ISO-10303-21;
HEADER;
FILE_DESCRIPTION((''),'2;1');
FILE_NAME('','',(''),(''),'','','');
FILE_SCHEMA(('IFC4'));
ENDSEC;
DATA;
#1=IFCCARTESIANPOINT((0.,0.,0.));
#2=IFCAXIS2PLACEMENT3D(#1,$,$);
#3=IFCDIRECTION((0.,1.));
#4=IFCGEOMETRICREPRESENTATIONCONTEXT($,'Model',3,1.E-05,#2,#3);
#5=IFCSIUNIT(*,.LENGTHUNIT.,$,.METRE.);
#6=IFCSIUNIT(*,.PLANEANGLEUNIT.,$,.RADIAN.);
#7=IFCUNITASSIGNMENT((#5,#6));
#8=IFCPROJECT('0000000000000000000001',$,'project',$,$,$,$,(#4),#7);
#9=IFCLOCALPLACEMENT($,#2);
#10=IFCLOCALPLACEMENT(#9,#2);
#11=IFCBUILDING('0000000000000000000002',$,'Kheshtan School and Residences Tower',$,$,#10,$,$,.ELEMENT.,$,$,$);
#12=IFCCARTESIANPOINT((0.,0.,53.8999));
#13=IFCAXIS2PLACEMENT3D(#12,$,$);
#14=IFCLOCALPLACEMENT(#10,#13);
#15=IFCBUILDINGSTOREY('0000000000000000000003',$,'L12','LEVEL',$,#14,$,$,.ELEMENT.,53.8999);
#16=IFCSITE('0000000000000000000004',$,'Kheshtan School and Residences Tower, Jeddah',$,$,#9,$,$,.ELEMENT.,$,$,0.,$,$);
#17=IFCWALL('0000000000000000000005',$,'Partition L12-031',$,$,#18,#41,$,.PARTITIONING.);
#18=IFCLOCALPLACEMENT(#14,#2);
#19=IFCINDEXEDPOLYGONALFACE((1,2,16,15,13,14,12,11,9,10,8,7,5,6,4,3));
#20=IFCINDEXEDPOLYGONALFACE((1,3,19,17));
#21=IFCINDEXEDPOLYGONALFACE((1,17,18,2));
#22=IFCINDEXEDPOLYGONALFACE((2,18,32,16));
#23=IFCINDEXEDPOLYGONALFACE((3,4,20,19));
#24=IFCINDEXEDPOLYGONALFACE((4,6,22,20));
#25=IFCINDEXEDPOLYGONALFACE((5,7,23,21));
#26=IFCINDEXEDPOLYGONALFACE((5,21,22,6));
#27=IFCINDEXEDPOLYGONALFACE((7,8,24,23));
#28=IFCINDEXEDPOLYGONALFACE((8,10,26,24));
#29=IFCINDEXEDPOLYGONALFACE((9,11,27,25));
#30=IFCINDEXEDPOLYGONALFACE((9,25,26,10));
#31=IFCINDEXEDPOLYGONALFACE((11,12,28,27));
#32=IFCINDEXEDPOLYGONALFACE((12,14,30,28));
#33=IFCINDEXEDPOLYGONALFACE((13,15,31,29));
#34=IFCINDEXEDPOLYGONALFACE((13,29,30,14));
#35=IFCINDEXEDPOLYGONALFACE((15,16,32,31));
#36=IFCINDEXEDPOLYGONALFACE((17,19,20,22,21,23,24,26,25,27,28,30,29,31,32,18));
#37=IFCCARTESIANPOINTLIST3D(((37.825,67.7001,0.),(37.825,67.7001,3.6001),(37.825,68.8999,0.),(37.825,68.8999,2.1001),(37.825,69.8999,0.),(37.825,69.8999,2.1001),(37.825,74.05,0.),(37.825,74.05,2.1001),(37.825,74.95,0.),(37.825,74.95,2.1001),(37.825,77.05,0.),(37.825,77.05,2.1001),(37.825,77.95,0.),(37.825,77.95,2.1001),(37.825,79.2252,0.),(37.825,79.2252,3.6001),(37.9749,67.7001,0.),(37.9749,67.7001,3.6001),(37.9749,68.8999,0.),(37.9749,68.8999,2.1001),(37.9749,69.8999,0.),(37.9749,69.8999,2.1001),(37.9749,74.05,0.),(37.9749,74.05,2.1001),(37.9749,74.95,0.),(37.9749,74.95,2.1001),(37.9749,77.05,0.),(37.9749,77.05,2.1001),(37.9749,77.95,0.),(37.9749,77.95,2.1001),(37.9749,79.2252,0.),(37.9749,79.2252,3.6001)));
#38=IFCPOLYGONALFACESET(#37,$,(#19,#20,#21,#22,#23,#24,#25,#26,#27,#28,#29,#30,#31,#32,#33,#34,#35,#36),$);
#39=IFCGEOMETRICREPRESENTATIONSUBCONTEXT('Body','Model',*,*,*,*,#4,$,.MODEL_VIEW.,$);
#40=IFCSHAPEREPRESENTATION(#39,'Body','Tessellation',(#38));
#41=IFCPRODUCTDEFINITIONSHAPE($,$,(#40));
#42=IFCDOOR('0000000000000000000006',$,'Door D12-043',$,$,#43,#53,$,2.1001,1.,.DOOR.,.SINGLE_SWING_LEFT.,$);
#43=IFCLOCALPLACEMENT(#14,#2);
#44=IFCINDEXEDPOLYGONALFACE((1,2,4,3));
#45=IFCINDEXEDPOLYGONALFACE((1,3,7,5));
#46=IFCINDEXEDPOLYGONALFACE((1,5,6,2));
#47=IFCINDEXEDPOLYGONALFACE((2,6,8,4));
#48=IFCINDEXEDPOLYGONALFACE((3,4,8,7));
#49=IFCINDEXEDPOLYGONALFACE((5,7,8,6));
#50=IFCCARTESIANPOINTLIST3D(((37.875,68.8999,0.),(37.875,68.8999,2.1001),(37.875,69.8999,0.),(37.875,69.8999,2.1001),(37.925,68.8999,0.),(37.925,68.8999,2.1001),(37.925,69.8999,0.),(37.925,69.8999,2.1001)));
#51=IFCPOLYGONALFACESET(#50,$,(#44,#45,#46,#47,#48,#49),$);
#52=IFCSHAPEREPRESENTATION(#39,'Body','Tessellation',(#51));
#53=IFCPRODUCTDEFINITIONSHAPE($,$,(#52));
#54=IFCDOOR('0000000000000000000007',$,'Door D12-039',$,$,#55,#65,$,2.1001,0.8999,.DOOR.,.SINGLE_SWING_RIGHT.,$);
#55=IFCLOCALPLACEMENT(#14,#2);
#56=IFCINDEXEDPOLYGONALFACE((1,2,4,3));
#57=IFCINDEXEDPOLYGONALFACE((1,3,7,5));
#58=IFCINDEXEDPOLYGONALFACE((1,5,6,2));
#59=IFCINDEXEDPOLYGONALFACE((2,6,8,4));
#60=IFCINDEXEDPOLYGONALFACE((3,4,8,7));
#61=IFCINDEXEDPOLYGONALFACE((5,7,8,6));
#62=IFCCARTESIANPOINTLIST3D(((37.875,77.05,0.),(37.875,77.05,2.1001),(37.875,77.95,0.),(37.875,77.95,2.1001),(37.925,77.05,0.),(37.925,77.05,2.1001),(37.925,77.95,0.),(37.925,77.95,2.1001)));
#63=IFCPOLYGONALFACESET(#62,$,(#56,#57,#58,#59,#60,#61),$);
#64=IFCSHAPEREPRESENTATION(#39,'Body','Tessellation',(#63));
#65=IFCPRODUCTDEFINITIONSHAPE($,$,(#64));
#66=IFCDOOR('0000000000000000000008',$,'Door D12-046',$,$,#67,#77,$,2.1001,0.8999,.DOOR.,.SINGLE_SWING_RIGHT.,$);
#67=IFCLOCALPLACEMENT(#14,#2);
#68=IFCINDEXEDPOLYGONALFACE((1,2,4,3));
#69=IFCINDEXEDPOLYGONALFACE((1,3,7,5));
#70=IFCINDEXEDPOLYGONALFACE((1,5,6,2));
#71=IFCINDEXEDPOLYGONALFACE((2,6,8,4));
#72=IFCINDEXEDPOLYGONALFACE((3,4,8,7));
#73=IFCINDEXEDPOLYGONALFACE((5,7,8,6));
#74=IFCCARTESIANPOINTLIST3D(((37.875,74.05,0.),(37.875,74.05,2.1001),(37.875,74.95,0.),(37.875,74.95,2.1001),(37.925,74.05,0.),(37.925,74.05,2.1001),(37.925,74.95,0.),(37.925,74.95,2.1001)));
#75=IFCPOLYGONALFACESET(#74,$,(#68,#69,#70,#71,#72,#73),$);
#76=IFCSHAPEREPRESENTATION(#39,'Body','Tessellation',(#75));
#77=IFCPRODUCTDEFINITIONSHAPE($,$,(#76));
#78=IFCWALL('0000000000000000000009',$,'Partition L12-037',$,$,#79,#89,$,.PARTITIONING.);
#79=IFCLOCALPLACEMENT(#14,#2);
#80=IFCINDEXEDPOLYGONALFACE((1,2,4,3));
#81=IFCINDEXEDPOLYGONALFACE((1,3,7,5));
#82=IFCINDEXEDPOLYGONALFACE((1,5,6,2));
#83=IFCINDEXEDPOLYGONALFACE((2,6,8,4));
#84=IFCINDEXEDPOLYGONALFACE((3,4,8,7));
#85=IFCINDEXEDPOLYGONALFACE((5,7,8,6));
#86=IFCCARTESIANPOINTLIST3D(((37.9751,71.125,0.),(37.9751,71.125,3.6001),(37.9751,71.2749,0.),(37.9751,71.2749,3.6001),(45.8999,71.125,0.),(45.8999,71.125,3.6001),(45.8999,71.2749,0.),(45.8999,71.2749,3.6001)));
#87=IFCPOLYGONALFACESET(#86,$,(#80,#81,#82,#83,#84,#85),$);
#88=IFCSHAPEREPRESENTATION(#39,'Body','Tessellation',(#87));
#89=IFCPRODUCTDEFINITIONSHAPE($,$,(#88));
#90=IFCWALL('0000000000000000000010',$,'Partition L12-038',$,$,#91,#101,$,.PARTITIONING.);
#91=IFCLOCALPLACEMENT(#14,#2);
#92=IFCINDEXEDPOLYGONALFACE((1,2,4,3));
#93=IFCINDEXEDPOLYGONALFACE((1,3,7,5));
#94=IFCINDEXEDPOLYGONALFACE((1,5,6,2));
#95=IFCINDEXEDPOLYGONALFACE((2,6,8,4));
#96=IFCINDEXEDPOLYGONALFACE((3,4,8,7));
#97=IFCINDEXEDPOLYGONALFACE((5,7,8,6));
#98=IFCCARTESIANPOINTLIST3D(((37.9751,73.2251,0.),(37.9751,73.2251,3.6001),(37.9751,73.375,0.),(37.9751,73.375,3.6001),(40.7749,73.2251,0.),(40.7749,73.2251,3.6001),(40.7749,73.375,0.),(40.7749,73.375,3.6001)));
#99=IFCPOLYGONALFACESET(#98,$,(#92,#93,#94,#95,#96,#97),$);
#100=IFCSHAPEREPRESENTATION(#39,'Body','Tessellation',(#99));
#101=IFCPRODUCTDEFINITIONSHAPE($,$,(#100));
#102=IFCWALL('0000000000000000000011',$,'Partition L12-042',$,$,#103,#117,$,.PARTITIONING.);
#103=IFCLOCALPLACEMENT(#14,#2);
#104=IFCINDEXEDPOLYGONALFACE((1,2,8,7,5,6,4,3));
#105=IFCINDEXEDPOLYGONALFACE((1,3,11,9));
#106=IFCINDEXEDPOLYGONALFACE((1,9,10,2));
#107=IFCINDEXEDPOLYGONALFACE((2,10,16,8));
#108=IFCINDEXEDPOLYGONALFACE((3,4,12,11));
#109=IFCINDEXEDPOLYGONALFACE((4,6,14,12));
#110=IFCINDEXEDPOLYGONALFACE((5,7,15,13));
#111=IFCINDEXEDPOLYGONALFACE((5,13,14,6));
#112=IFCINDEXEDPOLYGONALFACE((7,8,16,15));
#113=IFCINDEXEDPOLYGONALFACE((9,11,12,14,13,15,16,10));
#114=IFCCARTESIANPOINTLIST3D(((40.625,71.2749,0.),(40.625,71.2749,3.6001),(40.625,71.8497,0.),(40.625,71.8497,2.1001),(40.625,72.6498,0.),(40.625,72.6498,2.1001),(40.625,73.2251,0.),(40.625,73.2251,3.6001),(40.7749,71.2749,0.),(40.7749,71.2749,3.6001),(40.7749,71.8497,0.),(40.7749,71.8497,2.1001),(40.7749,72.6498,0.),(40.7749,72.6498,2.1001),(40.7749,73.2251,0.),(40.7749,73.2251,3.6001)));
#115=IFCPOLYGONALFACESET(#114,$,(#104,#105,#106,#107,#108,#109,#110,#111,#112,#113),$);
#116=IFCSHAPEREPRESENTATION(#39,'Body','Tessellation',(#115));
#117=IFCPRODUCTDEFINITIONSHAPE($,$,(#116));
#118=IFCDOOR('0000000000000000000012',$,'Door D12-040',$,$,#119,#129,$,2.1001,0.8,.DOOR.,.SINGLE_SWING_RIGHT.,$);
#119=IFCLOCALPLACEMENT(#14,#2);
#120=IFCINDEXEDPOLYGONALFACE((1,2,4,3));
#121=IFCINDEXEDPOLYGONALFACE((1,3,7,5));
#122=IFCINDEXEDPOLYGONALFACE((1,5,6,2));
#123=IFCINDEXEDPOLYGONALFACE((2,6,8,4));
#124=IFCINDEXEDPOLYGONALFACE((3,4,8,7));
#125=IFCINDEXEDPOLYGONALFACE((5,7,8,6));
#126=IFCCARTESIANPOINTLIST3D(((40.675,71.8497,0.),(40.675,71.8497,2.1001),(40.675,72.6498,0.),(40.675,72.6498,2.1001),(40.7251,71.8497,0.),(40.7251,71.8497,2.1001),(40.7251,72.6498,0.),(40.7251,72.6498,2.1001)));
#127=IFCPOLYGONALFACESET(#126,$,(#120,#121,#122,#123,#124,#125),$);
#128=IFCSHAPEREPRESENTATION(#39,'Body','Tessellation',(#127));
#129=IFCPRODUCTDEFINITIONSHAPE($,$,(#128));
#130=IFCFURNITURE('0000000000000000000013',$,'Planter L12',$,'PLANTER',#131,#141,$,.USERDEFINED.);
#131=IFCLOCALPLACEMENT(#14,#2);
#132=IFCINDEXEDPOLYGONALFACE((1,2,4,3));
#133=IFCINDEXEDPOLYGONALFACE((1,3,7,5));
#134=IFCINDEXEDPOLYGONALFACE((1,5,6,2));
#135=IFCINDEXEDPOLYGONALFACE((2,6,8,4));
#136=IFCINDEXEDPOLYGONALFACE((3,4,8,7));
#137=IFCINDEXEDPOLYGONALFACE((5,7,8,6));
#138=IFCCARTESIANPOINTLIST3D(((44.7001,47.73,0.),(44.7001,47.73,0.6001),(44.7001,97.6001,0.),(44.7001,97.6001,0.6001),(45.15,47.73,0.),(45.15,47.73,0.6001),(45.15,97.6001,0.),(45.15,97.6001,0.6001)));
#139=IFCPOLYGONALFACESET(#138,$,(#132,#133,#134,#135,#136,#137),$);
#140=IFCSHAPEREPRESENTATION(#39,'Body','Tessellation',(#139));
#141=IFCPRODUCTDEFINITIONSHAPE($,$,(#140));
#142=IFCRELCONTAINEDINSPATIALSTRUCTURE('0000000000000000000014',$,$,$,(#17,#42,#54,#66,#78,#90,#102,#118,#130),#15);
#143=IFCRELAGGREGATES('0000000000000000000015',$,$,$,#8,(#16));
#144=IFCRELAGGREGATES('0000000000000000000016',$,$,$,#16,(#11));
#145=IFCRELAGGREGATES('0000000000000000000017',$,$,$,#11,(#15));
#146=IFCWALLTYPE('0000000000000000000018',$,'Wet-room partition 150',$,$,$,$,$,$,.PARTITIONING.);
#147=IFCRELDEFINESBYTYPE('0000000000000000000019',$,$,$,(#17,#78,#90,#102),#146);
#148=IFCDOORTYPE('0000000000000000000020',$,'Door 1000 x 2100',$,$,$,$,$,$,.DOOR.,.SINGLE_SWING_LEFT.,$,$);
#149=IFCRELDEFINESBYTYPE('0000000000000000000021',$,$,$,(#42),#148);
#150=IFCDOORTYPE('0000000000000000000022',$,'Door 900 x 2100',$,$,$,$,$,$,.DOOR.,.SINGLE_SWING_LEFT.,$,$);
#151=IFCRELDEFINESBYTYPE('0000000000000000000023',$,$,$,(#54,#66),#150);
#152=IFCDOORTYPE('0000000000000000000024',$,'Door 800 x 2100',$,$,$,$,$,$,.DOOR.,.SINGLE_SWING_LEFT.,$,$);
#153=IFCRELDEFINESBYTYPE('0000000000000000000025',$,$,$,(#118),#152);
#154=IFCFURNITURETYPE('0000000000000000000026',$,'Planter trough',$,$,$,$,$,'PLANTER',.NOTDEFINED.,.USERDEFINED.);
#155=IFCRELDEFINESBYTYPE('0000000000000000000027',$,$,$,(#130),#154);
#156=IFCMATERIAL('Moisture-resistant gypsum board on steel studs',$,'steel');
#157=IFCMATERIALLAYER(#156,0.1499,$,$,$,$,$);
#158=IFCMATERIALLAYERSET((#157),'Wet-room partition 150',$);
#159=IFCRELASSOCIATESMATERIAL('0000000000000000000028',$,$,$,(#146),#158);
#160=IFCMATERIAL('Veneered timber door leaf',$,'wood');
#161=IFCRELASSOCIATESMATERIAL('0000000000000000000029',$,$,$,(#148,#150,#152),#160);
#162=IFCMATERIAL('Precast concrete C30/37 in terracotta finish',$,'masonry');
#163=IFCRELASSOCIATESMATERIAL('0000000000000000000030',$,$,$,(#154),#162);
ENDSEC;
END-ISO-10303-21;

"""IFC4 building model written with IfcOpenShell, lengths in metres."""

from ifc_helpers import new_model, si_unit, direction, frame, frame_2d, origin, origin_2d, place, context, subcontext, project, spatial, rectangle, extrude, source, transform, mapped, material, layer, layer_set, type_object, element, fill, save


model = new_model("IFC4")

# Units and contexts
model_context = context("Model", 3, precision=1e-05, world=origin(), true_north=direction((0.0, 1.0)))
body_context = subcontext(model_context, "Body", "Model", "MODEL_VIEW")
ifc_project = project(units=[si_unit("LENGTHUNIT", "METRE"), si_unit("PLANEANGLEUNIT", "RADIAN")], contexts=[model_context])

# Site, building, storey
site_placement = place(None, origin())
site = spatial("IfcSite", under=ifc_project, at=site_placement, Name="Kheshtan School and Residences Tower, Jeddah", CompositionType="ELEMENT", RefElevation=0.0)
building_placement = place(site_placement, origin())
building = spatial("IfcBuilding", under=site, at=building_placement, Name="Kheshtan School and Residences Tower", CompositionType="ELEMENT")
storey_placement = place(building_placement, frame((0.0, 0.0, 53.8999)))
storey = spatial("IfcBuildingStorey", under=building, at=storey_placement, Name="L12", Description="LEVEL", CompositionType="ELEMENT", Elevation=53.8999)

# Wall, openings, doors
ifc_material_1 = material(Name="Moisture-resistant gypsum board on steel studs", Category="steel")
ifc_layer_1 = layer(ifc_material_1, 0.1499)
ifc_layer_set_1 = layer_set([ifc_layer_1], Name="Wet-room partition 150")
wall_type_1 = type_object("IfcWallType", Name="Wet-room partition 150", PredefinedType="PARTITIONING", material=ifc_layer_set_1)
wall_1_placement = place(storey_placement, frame((37.8999, 67.7, 0.0), z_axis=(0.0, 0.0, 1.0), x_axis=(0.0, 1.0, 0.0)))
wall_1 = element("IfcWall", 1, at=wall_1_placement, inside=storey, type_object=wall_type_1, Name="Partition L12-031", PredefinedType="PARTITIONING", context=body_context, shape_type="SweptSolid", body=[
    extrude(rectangle(XDim=11.5251, YDim=0.1499, at=frame_2d((5.7627, 0.0))), origin(), (0.0, 0.0, 1.0), 3.6001),
])
opening_1_placement = place(wall_1_placement, frame((9.3501, 0.0, 0.0)))
opening_1 = element("IfcOpeningElement", 2, at=opening_1_placement, cuts=wall_1, PredefinedType="OPENING", context=body_context, shape_type="SweptSolid", body=[
    extrude(rectangle(XDim=0.8999, YDim=2.1001, at=frame_2d((0.45, 1.05))), frame((0.0, 0.085, 0.0), z_axis=(0.0, -1.0, 0.0), x_axis=(1.0, 0.0, 0.0)), (0.0, 0.0, 1.0), 0.1699),
])
opening_2_placement = place(wall_1_placement, frame((1.2, 0.0, 0.0)))
opening_2 = element("IfcOpeningElement", 3, at=opening_2_placement, cuts=wall_1, PredefinedType="OPENING", context=body_context, shape_type="SweptSolid", body=[
    extrude(rectangle(XDim=1.0, YDim=2.1001, at=frame_2d((0.5, 1.05))), frame((0.0, 0.085, 0.0), z_axis=(0.0, -1.0, 0.0), x_axis=(1.0, 0.0, 0.0)), (0.0, 0.0, 1.0), 0.1699),
])
opening_3_placement = place(wall_1_placement, frame((6.3501, 0.0, 0.0)))
opening_3 = element("IfcOpeningElement", 4, at=opening_3_placement, cuts=wall_1, PredefinedType="OPENING", context=body_context, shape_type="SweptSolid", body=[
    extrude(rectangle(XDim=0.8999, YDim=2.1001, at=frame_2d((0.45, 1.05))), frame((0.0, 0.085, 0.0), z_axis=(0.0, -1.0, 0.0), x_axis=(1.0, 0.0, 0.0)), (0.0, 0.0, 1.0), 0.1699),
])
ifc_material_2 = material(Name="Veneered timber door leaf", Category="wood")
door_type_1 = type_object("IfcDoorType", Name="Door 1000 x 2100", OperationType="SINGLE_SWING_LEFT", PredefinedType="DOOR", material=ifc_material_2)
shared_shape_1 = source(origin(), body_context, "Body", "SweptSolid", [
    extrude(rectangle(XDim=1.0, YDim=2.1001, at=frame_2d((0.5, 1.05))), frame((0.0, 0.0249, 0.0), z_axis=(0.0, -1.0, 0.0), x_axis=(1.0, 0.0, 0.0)), (0.0, 0.0, 1.0), 0.05),
])
door_1_placement = place(opening_2_placement, origin())
door_1 = element("IfcDoor", 5, at=door_1_placement, inside=storey, type_object=door_type_1, Name="Door D12-043", OperationType="SINGLE_SWING_LEFT", OverallHeight=2.1001, OverallWidth=1.0, PredefinedType="DOOR", context=body_context, shape_type="MappedRepresentation", body=[
    mapped(shared_shape_1, transform((0.0, 0.0, 0.0), x_axis=(1.0, 0.0, 0.0), y_axis=(0.0, 1.0, 0.0), z_axis=(0.0, 0.0, 1.0), scale=1.0)),
])
fill(opening_2, door_1)
door_type_2 = type_object("IfcDoorType", Name="Door 900 x 2100", OperationType="SINGLE_SWING_LEFT", PredefinedType="DOOR", material=ifc_material_2)
shared_shape_2 = source(origin(), body_context, "Body", "SweptSolid", [
    extrude(rectangle(XDim=0.8999, YDim=2.1001, at=frame_2d((0.45, 1.05))), frame((0.0, 0.0249, 0.0), z_axis=(0.0, -1.0, 0.0), x_axis=(1.0, 0.0, 0.0)), (0.0, 0.0, 1.0), 0.05),
])
door_2_placement = place(opening_1_placement, origin())
door_2 = element("IfcDoor", 6, at=door_2_placement, inside=storey, type_object=door_type_2, Name="Door D12-039", OperationType="SINGLE_SWING_RIGHT", OverallHeight=2.1001, OverallWidth=0.8999, PredefinedType="DOOR", context=body_context, shape_type="MappedRepresentation", body=[
    mapped(shared_shape_2, transform((0.0, 0.0, 0.0), x_axis=(1.0, 0.0, 0.0), y_axis=(0.0, 1.0, 0.0), z_axis=(0.0, 0.0, 1.0), scale=1.0)),
])
fill(opening_1, door_2)
door_3_placement = place(opening_3_placement, origin())
door_3 = element("IfcDoor", 7, at=door_3_placement, inside=storey, type_object=door_type_2, Name="Door D12-046", OperationType="SINGLE_SWING_RIGHT", OverallHeight=2.1001, OverallWidth=0.8999, PredefinedType="DOOR", context=body_context, shape_type="MappedRepresentation", body=[
    mapped(shared_shape_2, transform((0.0, 0.0, 0.0), x_axis=(1.0, 0.0, 0.0), y_axis=(0.0, 1.0, 0.0), z_axis=(0.0, 0.0, 1.0), scale=1.0)),
])
fill(opening_3, door_3)

# Walls
wall_2_placement = place(storey_placement, frame((37.9751, 71.2, 0.0), z_axis=(0.0, 0.0, 1.0), x_axis=(1.0, 0.0, 0.0)))
element("IfcWall", 8, at=wall_2_placement, inside=storey, type_object=wall_type_1, Name="Partition L12-037", PredefinedType="PARTITIONING", context=body_context, shape_type="SweptSolid", body=[
    extrude(rectangle(XDim=7.9248, YDim=0.1499, at=frame_2d((3.9624, 0.0))), origin(), (0.0, 0.0, 1.0), 3.6001),
])
wall_3_placement = place(storey_placement, frame((37.9751, 73.3, 0.0), z_axis=(0.0, 0.0, 1.0), x_axis=(1.0, 0.0, 0.0)))
element("IfcWall", 9, at=wall_3_placement, inside=storey, type_object=wall_type_1, Name="Partition L12-038", PredefinedType="PARTITIONING", context=body_context, shape_type="SweptSolid", body=[
    extrude(rectangle(XDim=2.7998, YDim=0.1499, at=frame_2d((1.3999, 0.0))), origin(), (0.0, 0.0, 1.0), 3.6001),
])

# Wall, opening, door
wall_4_placement = place(storey_placement, frame((40.7, 71.2749, 0.0), z_axis=(0.0, 0.0, 1.0), x_axis=(0.0, 1.0, 0.0)))
wall_4 = element("IfcWall", 10, at=wall_4_placement, inside=storey, type_object=wall_type_1, Name="Partition L12-042", PredefinedType="PARTITIONING", context=body_context, shape_type="SweptSolid", body=[
    extrude(rectangle(XDim=1.9502, YDim=0.1499, at=frame_2d((0.9751, 0.0))), origin(), (0.0, 0.0, 1.0), 3.6001),
])
opening_4_placement = place(wall_4_placement, frame((0.575, 0.0, 0.0)))
opening_4 = element("IfcOpeningElement", 11, at=opening_4_placement, cuts=wall_4, PredefinedType="OPENING", context=body_context, shape_type="SweptSolid", body=[
    extrude(rectangle(XDim=0.8, YDim=2.1001, at=frame_2d((0.3999, 1.05))), frame((0.0, 0.085, 0.0), z_axis=(0.0, -1.0, 0.0), x_axis=(1.0, 0.0, 0.0)), (0.0, 0.0, 1.0), 0.1699),
])
door_type_3 = type_object("IfcDoorType", Name="Door 800 x 2100", OperationType="SINGLE_SWING_LEFT", PredefinedType="DOOR", material=ifc_material_2)
shared_shape_3 = source(origin(), body_context, "Body", "SweptSolid", [
    extrude(rectangle(XDim=0.8, YDim=2.1001, at=frame_2d((0.3999, 1.05))), frame((0.0, 0.0249, 0.0), z_axis=(0.0, -1.0, 0.0), x_axis=(1.0, 0.0, 0.0)), (0.0, 0.0, 1.0), 0.05),
])
door_4_placement = place(opening_4_placement, origin())
door_4 = element("IfcDoor", 12, at=door_4_placement, inside=storey, type_object=door_type_3, Name="Door D12-040", OperationType="SINGLE_SWING_RIGHT", OverallHeight=2.1001, OverallWidth=0.8, PredefinedType="DOOR", context=body_context, shape_type="MappedRepresentation", body=[
    mapped(shared_shape_3, transform((0.0, 0.0, 0.0), x_axis=(1.0, 0.0, 0.0), y_axis=(0.0, 1.0, 0.0), z_axis=(0.0, 0.0, 1.0), scale=1.0)),
])
fill(opening_4, door_4)

# Furniture
ifc_material_3 = material(Name="Precast concrete C30/37 in terracotta finish", Category="masonry")
furniture_type = type_object("IfcFurnitureType", Name="Planter trough", ElementType="PLANTER", AssemblyPlace="NOTDEFINED", PredefinedType="USERDEFINED", material=ifc_material_3)
furniture_placement = place(storey_placement, frame((44.925, 72.665, 0.0), z_axis=(0.0, 0.0, 1.0), x_axis=(0.0, -1.0, 0.0)))
element("IfcFurniture", 13, at=furniture_placement, inside=storey, type_object=furniture_type, Name="Planter L12", ObjectType="PLANTER", PredefinedType="USERDEFINED", context=body_context, shape_type="SweptSolid", body=[
    extrude(rectangle(XDim=49.8701, YDim=0.45, at=origin_2d()), origin(), (0.0, 0.0, 1.0), 0.6001),
])

save(model, "model.ifc")
